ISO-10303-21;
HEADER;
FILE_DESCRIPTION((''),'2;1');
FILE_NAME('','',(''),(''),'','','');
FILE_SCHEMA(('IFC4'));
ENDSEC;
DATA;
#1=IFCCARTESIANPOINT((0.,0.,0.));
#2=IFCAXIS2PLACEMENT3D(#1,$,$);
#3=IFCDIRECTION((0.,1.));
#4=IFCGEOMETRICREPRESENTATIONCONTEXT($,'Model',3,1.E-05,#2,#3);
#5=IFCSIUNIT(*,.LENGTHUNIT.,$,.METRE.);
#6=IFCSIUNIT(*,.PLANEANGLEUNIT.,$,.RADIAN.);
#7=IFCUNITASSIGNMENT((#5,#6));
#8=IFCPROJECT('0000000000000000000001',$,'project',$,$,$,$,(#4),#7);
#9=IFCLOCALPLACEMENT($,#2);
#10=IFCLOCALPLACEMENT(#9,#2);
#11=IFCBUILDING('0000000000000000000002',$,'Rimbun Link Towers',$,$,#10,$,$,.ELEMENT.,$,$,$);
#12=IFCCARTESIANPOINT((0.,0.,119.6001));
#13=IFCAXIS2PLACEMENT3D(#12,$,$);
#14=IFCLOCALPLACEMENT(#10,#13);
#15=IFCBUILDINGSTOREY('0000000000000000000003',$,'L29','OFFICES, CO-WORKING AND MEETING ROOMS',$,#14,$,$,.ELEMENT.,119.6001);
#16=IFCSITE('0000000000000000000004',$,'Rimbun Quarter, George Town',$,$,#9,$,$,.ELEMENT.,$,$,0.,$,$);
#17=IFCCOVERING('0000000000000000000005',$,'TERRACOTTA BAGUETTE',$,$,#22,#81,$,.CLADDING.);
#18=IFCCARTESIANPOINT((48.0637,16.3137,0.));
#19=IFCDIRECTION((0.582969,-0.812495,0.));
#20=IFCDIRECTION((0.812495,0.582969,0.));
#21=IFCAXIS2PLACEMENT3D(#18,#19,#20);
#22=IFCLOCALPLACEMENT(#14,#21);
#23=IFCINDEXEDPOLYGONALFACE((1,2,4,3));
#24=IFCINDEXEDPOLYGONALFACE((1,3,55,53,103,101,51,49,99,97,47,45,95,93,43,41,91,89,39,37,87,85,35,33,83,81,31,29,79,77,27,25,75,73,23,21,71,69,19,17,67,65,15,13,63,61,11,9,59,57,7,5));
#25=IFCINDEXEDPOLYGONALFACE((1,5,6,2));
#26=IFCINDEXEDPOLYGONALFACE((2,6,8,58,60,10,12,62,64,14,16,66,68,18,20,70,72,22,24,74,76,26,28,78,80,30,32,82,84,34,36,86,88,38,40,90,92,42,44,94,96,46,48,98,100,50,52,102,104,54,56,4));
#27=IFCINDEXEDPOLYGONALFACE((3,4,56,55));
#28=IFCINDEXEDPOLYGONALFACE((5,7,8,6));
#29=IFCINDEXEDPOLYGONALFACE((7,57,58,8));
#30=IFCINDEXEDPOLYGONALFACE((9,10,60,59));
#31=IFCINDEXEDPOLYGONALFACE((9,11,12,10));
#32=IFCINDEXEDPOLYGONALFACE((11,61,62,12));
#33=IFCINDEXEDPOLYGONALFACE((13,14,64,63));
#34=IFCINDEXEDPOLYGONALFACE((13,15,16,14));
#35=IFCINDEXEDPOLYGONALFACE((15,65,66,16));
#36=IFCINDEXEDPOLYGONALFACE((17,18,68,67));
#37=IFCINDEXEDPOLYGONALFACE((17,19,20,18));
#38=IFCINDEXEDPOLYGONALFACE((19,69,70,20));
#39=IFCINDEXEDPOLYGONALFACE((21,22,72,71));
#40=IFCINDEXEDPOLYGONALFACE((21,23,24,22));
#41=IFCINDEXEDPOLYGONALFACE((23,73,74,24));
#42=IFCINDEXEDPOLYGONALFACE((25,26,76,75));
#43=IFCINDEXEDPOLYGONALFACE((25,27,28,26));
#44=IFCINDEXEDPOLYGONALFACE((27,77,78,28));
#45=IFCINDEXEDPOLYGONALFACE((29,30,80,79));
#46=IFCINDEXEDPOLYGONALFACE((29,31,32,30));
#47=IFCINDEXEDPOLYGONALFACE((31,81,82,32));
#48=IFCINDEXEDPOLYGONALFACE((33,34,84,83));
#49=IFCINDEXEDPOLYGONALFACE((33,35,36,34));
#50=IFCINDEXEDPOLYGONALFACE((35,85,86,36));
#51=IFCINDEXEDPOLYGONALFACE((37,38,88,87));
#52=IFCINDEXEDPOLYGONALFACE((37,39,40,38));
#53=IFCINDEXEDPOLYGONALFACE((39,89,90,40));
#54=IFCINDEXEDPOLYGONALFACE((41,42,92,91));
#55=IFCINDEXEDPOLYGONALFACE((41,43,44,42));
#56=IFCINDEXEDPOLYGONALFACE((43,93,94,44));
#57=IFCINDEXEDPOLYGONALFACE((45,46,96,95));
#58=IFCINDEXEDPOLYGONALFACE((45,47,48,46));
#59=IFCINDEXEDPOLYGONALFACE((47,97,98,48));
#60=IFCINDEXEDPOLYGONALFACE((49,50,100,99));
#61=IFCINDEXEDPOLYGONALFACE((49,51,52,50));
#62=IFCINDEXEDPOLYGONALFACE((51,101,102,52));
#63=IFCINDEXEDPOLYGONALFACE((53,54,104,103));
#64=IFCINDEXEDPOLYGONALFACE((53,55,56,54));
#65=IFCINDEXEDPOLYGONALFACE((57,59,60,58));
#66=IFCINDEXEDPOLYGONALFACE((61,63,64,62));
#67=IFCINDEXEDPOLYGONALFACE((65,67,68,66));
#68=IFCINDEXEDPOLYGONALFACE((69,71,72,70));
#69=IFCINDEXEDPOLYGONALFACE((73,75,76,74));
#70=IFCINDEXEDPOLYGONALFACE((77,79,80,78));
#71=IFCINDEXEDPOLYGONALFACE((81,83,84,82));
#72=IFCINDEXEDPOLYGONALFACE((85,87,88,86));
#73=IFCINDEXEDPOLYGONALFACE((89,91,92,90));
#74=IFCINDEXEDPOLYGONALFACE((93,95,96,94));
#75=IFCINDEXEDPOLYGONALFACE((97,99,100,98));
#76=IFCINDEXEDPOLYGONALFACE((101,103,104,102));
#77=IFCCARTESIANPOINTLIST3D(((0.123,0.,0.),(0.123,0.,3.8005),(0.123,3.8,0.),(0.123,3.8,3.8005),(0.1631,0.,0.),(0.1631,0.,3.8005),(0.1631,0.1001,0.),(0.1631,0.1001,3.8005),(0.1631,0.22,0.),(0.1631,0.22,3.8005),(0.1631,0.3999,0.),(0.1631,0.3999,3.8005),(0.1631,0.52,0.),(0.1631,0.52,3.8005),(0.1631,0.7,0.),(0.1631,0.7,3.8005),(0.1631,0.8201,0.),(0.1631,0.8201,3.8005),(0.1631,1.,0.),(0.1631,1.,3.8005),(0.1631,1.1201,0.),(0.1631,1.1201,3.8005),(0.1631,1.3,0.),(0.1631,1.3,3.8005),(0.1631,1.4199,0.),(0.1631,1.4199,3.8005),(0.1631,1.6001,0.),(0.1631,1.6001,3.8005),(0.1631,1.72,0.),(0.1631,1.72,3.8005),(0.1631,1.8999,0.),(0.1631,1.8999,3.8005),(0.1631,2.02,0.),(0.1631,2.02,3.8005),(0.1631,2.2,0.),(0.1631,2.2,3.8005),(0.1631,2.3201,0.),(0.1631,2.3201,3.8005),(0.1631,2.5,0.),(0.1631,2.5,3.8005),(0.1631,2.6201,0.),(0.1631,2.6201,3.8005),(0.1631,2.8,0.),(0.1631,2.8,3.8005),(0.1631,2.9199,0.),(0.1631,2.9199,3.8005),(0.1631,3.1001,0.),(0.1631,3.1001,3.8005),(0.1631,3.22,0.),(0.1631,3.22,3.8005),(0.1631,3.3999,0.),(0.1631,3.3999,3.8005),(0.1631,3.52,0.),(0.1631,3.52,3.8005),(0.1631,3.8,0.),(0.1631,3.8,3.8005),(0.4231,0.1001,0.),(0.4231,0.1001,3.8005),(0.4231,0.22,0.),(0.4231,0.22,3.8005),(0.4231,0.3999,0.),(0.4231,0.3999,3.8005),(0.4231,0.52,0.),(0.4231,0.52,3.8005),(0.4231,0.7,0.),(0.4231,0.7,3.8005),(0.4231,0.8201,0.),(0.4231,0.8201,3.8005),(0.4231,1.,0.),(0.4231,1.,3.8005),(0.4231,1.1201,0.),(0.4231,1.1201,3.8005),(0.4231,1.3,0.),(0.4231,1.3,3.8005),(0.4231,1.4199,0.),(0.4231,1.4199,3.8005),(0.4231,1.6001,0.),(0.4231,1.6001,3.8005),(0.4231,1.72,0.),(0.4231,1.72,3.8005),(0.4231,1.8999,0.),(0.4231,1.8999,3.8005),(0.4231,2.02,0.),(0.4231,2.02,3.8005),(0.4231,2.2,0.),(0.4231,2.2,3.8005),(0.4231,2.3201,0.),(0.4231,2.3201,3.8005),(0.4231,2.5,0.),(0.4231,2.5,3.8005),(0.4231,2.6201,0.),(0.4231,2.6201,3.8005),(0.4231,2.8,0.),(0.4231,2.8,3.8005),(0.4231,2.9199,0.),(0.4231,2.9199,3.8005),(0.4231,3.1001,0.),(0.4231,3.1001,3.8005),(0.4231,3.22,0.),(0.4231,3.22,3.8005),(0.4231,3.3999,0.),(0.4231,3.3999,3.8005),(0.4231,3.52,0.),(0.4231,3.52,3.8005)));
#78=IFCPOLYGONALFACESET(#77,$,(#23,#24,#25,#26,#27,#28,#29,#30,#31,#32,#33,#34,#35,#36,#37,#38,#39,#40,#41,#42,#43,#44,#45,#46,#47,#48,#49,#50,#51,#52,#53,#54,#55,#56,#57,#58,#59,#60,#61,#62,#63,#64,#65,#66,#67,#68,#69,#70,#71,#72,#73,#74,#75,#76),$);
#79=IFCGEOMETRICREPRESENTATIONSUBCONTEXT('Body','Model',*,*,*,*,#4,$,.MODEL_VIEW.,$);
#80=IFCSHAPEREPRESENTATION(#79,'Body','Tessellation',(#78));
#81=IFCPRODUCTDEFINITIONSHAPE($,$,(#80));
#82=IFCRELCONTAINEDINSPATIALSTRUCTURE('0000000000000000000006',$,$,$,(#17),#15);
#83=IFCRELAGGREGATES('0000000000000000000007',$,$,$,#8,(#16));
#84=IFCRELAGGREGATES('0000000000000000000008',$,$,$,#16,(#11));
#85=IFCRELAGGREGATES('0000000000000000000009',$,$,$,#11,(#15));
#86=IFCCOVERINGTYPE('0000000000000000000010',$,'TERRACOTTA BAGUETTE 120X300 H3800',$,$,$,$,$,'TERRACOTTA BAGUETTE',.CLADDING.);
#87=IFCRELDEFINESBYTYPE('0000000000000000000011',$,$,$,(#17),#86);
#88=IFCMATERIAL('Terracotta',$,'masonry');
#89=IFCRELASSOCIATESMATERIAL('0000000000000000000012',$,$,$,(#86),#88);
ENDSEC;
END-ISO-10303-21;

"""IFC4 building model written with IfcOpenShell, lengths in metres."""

from ifc_helpers import new_model, si_unit, direction, frame, origin, place, context, subcontext, project, spatial, polyline, outline, extrude, material, material_profile, profile_set, type_object, element, save


model = new_model("IFC4")

# Units and contexts
model_context = context("Model", 3, precision=1e-05, world=origin(), true_north=direction((0.0, 1.0)))
body_context = subcontext(model_context, "Body", "Model", "MODEL_VIEW")
ifc_project = project(units=[si_unit("LENGTHUNIT", "METRE"), si_unit("PLANEANGLEUNIT", "RADIAN")], contexts=[model_context])

# Site, building, storey
site_placement = place(None, origin())
site = spatial("IfcSite", under=ifc_project, at=site_placement, Name="Rimbun Quarter, George Town", CompositionType="ELEMENT", RefElevation=0.0)
building_placement = place(site_placement, origin())
building = spatial("IfcBuilding", under=site, at=building_placement, Name="Rimbun Link Towers", CompositionType="ELEMENT")
storey_placement = place(building_placement, frame((0.0, 0.0, 119.6001)))
storey = spatial("IfcBuildingStorey", under=building, at=storey_placement, Name="L29", Description="OFFICES, CO-WORKING AND MEETING ROOMS", CompositionType="ELEMENT", Elevation=119.6001)

# Covering
ifc_material_1 = material(Name="Terracotta", Category="masonry")
ifc_material_profile_1 = material_profile(ifc_material_1, outline(polyline([(0.123, 0.0), (0.1631, 0.0), (0.1631, 0.1001), (0.4231, 0.1001), (0.4231, 0.22), (0.1631, 0.22), (0.1631, 0.3999), (0.4231, 0.3999), (0.4231, 0.52), (0.1631, 0.52), (0.1631, 0.7), (0.4231, 0.7), (0.4231, 0.8201), (0.1631, 0.8201), (0.1631, 1.0), (0.4231, 1.0), (0.4231, 1.1201), (0.1631, 1.1201), (0.1631, 1.3), (0.4231, 1.3), (0.4231, 1.4199), (0.1631, 1.4199), (0.1631, 1.6001), (0.4231, 1.6001), (0.4231, 1.72), (0.1631, 1.72), (0.1631, 1.8999), (0.4231, 1.8999), (0.4231, 2.02), (0.1631, 2.02), (0.1631, 2.2), (0.4231, 2.2), (0.4231, 2.3201), (0.1631, 2.3201), (0.1631, 2.5), (0.4231, 2.5), (0.4231, 2.6201), (0.1631, 2.6201), (0.1631, 2.8), (0.4231, 2.8), (0.4231, 2.9199), (0.1631, 2.9199), (0.1631, 3.1001), (0.4231, 3.1001), (0.4231, 3.22), (0.1631, 3.22), (0.1631, 3.3999), (0.4231, 3.3999), (0.4231, 3.52), (0.1631, 3.52), (0.1631, 3.8), (0.123, 3.8), (0.123, 0.0)])), Name="BAGUETTE 120X300")
ifc_profile_set_1 = profile_set([ifc_material_profile_1], Name="Terracotta")
covering_type = type_object("IfcCoveringType", Name="TERRACOTTA BAGUETTE 120X300 H3800", ElementType="TERRACOTTA BAGUETTE", PredefinedType="CLADDING", material=ifc_profile_set_1)
covering_1_placement = place(storey_placement, frame((48.0637, 16.3137, 0.0), z_axis=(0.582969, -0.812495, 0.0), x_axis=(0.812495, 0.582969, 0.0)))
element("IfcCovering", 1, at=covering_1_placement, inside=storey, type_object=covering_type, Name="TERRACOTTA BAGUETTE", PredefinedType="CLADDING", context=body_context, shape_type="SweptSolid", body=[
    extrude(outline(polyline([(0.123, 0.0), (0.1631, 0.0), (0.1631, 0.1001), (0.4231, 0.1001), (0.4231, 0.22), (0.1631, 0.22), (0.1631, 0.3999), (0.4231, 0.3999), (0.4231, 0.52), (0.1631, 0.52), (0.1631, 0.7), (0.4231, 0.7), (0.4231, 0.8201), (0.1631, 0.8201), (0.1631, 1.0), (0.4231, 1.0), (0.4231, 1.1201), (0.1631, 1.1201), (0.1631, 1.3), (0.4231, 1.3), (0.4231, 1.4199), (0.1631, 1.4199), (0.1631, 1.6001), (0.4231, 1.6001), (0.4231, 1.72), (0.1631, 1.72), (0.1631, 1.8999), (0.4231, 1.8999), (0.4231, 2.02), (0.1631, 2.02), (0.1631, 2.2), (0.4231, 2.2), (0.4231, 2.3201), (0.1631, 2.3201), (0.1631, 2.5), (0.4231, 2.5), (0.4231, 2.6201), (0.1631, 2.6201), (0.1631, 2.8), (0.4231, 2.8), (0.4231, 2.9199), (0.1631, 2.9199), (0.1631, 3.1001), (0.4231, 3.1001), (0.4231, 3.22), (0.1631, 3.22), (0.1631, 3.3999), (0.4231, 3.3999), (0.4231, 3.52), (0.1631, 3.52), (0.1631, 3.8), (0.123, 3.8), (0.123, 0.0)])), origin(), (0.0, 0.0, 1.0), 3.8005),
])

save(model, "model.ifc")
